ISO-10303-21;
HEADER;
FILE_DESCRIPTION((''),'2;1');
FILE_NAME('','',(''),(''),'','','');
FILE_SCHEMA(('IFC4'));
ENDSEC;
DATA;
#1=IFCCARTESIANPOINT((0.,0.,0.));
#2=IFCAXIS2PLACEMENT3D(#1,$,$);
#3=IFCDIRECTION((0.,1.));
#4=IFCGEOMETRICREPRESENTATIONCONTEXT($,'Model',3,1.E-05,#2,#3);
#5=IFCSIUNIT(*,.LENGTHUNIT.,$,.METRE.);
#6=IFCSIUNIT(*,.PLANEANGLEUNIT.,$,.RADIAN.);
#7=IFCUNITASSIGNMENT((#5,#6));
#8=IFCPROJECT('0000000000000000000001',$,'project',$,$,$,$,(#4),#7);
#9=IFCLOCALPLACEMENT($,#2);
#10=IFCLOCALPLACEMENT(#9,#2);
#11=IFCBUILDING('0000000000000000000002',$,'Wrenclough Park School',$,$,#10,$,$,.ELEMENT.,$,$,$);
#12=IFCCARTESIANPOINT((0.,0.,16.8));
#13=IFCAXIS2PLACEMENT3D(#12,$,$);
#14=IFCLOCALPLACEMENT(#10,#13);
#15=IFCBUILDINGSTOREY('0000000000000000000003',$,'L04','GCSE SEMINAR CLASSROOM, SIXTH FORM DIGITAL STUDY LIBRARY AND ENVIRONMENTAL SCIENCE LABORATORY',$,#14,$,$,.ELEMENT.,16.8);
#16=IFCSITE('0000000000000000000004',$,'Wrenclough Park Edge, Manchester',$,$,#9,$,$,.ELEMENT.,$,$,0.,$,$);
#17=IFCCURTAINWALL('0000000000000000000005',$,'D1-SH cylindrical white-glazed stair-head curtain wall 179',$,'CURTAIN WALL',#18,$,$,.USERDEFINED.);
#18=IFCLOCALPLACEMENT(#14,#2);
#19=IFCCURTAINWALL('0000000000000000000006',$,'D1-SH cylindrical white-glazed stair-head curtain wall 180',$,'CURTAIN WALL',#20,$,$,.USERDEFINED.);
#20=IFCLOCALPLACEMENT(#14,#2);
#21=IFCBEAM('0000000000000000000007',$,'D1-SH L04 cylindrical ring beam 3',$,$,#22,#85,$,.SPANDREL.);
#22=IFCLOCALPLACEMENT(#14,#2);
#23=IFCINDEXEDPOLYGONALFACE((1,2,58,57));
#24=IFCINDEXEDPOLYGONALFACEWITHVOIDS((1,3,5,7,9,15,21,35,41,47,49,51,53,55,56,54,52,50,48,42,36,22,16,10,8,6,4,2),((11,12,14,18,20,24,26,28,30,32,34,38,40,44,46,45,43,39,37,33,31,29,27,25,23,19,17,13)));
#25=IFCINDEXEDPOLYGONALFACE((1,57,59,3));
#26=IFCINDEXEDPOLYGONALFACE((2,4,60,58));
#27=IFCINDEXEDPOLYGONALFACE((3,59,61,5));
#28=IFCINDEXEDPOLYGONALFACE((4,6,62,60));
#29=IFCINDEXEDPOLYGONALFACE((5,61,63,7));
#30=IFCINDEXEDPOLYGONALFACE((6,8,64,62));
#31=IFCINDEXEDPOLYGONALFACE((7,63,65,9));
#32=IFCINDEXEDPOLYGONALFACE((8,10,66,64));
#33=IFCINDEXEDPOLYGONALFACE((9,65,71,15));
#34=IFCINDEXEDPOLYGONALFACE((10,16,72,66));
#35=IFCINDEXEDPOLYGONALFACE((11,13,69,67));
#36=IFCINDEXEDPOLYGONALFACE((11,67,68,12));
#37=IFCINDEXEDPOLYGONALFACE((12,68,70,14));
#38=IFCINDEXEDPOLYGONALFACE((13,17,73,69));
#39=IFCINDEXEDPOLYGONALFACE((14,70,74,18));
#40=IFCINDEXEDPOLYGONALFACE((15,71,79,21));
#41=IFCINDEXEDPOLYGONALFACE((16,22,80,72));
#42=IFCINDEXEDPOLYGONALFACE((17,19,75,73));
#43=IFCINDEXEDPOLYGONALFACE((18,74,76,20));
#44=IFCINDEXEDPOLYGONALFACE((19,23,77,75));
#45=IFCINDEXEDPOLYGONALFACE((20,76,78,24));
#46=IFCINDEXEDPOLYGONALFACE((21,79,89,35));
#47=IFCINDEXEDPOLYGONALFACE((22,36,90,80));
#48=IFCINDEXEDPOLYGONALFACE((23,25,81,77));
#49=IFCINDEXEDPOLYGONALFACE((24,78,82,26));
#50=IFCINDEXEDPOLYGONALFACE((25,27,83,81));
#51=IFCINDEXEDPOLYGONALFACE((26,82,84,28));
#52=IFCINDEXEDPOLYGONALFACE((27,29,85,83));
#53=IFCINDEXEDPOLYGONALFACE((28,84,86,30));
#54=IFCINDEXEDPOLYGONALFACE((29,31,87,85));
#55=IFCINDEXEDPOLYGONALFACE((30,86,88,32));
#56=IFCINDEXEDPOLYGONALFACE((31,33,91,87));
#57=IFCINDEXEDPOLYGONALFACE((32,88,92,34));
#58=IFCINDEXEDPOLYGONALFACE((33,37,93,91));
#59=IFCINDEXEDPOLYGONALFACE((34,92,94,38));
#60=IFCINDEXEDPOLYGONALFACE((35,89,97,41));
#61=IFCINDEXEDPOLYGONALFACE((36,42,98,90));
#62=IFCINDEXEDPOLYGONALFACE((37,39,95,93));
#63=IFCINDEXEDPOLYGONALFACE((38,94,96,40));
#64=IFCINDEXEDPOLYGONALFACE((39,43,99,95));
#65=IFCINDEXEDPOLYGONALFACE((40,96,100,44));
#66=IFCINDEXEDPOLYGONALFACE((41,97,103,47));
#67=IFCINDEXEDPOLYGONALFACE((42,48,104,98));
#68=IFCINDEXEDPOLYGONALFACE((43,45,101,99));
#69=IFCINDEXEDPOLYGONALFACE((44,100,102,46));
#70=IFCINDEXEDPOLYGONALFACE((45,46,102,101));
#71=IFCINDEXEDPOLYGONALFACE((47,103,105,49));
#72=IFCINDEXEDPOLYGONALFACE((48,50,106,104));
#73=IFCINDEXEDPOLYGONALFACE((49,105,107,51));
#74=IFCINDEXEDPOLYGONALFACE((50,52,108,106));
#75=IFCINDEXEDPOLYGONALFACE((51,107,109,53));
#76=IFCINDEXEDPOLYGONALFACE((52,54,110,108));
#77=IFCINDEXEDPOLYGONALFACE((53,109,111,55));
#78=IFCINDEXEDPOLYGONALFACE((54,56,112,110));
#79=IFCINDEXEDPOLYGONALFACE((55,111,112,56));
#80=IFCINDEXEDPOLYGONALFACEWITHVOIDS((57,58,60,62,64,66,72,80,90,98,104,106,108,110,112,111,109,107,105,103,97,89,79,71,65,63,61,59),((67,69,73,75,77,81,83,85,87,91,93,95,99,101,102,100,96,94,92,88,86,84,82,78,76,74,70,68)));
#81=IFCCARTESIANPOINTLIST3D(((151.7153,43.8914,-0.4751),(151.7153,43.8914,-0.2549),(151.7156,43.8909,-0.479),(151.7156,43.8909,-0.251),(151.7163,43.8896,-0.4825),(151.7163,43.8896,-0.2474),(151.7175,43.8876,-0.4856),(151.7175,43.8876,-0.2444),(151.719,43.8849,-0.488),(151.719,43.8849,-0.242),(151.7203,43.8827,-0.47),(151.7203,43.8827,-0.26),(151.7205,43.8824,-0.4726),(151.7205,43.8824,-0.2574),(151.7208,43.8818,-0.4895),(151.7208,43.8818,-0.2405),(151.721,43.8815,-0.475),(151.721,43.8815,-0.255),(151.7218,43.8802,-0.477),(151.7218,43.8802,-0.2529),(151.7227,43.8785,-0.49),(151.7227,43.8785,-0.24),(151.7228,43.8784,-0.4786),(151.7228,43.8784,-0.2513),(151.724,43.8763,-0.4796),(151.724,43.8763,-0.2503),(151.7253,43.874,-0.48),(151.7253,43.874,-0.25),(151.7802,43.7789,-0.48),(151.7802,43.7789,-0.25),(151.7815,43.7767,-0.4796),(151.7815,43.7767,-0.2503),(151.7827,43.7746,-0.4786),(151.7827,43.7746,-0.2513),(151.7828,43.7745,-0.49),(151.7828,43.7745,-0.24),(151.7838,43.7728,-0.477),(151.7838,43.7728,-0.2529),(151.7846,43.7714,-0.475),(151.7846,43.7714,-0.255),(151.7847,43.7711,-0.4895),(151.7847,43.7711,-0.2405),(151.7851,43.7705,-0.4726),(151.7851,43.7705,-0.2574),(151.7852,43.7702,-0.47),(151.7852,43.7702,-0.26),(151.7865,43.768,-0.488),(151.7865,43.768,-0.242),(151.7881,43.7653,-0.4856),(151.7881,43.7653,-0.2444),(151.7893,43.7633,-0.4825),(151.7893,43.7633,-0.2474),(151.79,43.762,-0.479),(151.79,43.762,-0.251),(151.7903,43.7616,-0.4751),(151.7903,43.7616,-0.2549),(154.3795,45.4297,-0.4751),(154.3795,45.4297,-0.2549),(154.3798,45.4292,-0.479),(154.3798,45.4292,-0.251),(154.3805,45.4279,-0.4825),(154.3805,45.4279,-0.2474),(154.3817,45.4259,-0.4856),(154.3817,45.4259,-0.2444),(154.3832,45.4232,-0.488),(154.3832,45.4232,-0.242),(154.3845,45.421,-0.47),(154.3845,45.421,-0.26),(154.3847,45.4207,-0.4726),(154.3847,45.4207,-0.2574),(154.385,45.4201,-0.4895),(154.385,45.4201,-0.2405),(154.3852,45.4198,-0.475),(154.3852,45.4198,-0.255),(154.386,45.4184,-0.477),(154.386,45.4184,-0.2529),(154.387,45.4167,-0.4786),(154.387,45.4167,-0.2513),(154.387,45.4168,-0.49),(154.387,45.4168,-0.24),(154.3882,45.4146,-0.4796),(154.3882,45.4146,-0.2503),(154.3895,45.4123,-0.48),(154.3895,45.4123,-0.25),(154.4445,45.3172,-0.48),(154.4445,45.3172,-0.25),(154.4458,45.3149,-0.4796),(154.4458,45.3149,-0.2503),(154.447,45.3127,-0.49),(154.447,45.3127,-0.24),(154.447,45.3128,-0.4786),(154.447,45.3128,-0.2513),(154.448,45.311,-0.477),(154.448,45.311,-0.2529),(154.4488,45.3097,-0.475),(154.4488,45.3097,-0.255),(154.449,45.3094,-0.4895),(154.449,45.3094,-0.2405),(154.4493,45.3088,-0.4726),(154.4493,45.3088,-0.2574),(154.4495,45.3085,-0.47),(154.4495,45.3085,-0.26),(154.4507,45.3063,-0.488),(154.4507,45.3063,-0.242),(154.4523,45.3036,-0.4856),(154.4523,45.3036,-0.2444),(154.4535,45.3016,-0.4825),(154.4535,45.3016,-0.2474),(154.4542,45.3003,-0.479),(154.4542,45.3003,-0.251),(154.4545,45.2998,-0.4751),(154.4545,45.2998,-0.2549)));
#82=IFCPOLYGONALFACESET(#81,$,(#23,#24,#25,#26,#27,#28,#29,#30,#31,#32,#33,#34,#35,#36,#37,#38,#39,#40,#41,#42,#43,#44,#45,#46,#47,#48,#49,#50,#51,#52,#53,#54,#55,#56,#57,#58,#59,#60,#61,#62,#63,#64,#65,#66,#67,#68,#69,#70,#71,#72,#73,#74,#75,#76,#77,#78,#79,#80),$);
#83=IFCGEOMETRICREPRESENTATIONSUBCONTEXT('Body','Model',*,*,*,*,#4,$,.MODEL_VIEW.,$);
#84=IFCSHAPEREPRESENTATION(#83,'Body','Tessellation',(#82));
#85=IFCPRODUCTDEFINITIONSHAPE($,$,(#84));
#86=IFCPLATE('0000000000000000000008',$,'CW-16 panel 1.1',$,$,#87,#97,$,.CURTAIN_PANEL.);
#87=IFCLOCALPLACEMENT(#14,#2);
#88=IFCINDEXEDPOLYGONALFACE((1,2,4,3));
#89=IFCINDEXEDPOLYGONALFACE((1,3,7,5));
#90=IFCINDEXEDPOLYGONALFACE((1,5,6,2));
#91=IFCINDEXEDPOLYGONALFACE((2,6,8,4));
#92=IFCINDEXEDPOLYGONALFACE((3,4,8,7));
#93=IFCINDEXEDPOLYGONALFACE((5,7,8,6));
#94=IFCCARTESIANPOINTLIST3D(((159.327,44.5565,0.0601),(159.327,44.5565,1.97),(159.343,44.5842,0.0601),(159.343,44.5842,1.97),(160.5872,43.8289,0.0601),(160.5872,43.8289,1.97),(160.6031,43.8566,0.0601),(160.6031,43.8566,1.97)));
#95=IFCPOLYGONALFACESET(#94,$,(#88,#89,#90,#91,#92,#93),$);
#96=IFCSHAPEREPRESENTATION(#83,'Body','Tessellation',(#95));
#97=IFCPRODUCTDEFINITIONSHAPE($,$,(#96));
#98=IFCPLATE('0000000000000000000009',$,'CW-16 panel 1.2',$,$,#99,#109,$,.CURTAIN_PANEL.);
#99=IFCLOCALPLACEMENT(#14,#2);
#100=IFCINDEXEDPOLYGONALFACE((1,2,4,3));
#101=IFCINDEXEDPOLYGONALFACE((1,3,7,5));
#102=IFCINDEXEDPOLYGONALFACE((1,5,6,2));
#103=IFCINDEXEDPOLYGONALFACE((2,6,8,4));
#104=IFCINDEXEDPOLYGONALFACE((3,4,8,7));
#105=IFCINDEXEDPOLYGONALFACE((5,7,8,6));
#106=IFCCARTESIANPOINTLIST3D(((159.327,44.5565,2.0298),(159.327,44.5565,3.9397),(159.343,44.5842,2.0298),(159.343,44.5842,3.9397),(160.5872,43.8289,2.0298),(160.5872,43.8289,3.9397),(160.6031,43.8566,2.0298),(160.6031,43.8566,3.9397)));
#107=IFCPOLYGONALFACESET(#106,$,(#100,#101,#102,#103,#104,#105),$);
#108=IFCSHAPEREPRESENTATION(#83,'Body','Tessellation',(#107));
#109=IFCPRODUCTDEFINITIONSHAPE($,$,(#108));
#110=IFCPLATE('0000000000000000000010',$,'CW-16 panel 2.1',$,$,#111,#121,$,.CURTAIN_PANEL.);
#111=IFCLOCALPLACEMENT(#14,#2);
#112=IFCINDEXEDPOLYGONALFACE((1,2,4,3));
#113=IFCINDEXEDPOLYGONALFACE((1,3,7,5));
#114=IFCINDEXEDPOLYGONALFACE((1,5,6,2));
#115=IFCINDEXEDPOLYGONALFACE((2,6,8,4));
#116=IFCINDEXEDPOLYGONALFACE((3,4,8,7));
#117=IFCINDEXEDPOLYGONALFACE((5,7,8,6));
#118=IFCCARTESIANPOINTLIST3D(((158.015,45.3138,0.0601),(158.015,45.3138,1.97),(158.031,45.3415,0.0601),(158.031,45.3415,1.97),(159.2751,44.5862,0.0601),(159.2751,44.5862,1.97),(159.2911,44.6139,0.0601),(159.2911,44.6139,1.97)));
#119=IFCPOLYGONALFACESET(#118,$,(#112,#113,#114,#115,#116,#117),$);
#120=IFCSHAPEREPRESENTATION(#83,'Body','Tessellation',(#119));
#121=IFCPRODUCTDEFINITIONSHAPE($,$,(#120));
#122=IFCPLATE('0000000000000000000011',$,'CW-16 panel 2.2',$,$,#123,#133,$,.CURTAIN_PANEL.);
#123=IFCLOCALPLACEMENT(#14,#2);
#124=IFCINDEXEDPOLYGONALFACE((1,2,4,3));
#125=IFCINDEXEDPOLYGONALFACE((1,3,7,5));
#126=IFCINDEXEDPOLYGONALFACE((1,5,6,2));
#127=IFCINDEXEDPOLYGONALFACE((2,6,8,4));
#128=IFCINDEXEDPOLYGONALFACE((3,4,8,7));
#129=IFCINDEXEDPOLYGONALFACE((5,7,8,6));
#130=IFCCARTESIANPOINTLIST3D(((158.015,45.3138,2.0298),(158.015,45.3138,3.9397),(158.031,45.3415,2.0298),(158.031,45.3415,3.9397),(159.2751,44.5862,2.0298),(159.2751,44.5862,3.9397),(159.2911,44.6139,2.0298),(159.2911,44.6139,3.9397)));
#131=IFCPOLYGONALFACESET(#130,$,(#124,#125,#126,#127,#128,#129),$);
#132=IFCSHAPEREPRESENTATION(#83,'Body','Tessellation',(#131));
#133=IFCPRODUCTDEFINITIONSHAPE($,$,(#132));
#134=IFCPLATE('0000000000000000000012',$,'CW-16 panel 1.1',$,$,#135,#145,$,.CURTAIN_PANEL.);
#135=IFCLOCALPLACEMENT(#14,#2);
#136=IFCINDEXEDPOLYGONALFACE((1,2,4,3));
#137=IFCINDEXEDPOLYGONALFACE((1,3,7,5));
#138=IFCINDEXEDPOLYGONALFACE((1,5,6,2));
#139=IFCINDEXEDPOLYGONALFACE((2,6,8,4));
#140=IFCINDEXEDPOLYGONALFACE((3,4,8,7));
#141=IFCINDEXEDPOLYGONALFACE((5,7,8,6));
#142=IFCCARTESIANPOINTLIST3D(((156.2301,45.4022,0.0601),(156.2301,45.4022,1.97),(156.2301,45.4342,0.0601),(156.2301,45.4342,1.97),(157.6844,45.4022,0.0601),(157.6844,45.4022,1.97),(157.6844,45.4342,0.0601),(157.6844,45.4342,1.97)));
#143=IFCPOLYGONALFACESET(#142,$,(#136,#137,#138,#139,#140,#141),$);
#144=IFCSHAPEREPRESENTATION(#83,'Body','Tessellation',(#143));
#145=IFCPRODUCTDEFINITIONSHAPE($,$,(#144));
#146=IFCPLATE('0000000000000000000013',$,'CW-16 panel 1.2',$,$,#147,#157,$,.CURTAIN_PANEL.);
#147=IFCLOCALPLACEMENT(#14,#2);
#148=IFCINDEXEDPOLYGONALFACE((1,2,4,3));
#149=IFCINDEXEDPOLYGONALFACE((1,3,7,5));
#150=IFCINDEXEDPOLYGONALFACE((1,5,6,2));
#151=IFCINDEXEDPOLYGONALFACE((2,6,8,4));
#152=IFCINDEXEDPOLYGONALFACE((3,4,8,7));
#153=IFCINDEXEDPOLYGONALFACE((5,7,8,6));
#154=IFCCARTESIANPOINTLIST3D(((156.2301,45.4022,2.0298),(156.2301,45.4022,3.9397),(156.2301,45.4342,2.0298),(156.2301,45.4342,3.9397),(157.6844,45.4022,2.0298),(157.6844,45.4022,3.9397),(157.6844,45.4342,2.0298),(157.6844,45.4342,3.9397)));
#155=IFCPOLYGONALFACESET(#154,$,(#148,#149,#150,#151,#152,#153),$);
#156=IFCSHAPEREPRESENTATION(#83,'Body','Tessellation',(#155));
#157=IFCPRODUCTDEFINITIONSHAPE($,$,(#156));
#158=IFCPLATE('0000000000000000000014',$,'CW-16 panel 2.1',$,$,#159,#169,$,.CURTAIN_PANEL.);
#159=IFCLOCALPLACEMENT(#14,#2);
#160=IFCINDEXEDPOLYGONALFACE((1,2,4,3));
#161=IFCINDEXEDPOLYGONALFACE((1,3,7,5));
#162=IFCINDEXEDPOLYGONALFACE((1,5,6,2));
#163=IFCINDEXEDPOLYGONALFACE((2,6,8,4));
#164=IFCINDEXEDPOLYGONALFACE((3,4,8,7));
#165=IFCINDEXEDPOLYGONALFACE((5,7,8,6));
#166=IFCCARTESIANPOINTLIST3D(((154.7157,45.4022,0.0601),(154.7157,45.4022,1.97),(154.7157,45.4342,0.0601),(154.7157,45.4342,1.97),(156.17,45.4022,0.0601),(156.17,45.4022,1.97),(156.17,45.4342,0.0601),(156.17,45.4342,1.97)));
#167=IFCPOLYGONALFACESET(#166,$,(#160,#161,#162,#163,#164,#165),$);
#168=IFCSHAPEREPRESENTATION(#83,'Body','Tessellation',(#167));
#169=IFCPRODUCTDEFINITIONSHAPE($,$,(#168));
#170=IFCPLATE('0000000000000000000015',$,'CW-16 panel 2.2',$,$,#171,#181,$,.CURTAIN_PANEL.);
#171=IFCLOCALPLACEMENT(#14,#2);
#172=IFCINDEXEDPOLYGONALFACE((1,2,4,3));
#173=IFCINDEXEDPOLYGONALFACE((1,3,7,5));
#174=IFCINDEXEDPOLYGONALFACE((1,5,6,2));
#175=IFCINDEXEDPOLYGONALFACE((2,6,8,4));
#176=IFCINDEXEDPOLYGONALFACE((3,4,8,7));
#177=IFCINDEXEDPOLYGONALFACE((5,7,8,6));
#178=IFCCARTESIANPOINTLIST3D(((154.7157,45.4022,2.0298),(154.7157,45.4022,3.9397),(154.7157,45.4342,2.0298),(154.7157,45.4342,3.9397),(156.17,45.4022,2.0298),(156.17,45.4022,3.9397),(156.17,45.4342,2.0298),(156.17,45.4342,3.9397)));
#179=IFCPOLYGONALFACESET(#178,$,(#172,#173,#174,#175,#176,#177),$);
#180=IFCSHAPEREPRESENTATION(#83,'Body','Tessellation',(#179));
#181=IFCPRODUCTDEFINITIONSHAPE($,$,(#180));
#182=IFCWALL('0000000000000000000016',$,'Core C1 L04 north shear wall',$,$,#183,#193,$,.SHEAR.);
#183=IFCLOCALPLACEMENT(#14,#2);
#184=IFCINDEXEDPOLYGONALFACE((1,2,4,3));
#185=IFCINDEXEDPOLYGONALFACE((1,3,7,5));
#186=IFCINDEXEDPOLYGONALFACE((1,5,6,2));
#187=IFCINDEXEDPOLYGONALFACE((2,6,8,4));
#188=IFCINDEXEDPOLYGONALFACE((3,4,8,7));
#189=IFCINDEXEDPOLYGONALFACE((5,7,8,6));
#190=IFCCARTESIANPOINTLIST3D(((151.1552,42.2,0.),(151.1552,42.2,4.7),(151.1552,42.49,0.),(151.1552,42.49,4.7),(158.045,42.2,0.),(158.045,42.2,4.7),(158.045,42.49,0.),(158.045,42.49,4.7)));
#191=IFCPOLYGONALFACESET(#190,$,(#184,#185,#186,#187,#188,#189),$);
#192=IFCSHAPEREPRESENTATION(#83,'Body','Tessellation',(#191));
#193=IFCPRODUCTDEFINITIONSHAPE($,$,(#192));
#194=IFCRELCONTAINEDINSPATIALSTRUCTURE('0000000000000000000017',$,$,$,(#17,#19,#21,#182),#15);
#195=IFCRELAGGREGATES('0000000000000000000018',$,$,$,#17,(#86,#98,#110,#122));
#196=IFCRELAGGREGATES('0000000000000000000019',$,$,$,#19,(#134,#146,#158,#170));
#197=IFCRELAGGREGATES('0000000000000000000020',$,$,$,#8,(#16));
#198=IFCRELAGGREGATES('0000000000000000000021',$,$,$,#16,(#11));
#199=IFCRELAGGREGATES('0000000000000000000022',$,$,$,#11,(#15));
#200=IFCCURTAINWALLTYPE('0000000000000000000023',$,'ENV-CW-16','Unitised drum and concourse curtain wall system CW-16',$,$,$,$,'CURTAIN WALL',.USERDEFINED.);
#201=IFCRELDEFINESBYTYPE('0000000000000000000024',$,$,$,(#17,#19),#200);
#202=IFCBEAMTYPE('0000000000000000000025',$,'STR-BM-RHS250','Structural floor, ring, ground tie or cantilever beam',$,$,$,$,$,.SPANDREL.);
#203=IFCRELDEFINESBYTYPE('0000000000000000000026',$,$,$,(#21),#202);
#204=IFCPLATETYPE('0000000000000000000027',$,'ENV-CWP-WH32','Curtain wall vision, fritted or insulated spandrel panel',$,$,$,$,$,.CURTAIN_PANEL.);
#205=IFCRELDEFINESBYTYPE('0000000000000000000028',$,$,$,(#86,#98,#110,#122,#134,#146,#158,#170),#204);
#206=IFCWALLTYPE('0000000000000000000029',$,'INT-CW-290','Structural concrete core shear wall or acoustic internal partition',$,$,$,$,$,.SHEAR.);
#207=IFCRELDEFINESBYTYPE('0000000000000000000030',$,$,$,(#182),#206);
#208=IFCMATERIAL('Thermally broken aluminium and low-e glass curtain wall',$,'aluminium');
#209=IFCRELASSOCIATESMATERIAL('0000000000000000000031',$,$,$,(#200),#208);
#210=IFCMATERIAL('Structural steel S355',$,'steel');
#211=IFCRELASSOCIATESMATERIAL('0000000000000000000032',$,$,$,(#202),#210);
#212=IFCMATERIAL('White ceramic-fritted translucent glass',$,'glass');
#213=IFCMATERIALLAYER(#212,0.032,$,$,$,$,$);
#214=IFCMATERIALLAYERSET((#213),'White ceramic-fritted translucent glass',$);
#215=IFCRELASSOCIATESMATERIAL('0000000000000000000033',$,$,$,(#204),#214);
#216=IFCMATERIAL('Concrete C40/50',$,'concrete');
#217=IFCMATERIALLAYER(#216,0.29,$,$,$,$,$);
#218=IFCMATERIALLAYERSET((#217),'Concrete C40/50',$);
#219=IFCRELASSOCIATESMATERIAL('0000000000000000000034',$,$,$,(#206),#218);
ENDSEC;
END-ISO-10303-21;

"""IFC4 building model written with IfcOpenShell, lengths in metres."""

from ifc_helpers import new_model, si_unit, direction, frame, frame_2d, origin, origin_2d, place, context, subcontext, project, spatial, rectangle, hollow_rectangle, extrude, material, layer, layer_set, material_profile, profile_set, type_object, element, aggregate, save


model = new_model("IFC4")

# Units and contexts
model_context = context("Model", 3, precision=1e-05, world=origin(), true_north=direction((0.0, 1.0)))
body_context = subcontext(model_context, "Body", "Model", "MODEL_VIEW")
ifc_project = project(units=[si_unit("LENGTHUNIT", "METRE"), si_unit("PLANEANGLEUNIT", "RADIAN")], contexts=[model_context])

# Site, building, storey
site_placement = place(None, origin())
site = spatial("IfcSite", under=ifc_project, at=site_placement, Name="Wrenclough Park Edge, Manchester", CompositionType="ELEMENT", RefElevation=0.0)
building_placement = place(site_placement, origin())
building = spatial("IfcBuilding", under=site, at=building_placement, Name="Wrenclough Park School", CompositionType="ELEMENT")
storey_placement = place(building_placement, frame((0.0, 0.0, 16.8)))
storey = spatial("IfcBuildingStorey", under=building, at=storey_placement, Name="L04", Description="GCSE SEMINAR CLASSROOM, SIXTH FORM DIGITAL STUDY LIBRARY AND ENVIRONMENTAL SCIENCE LABORATORY", CompositionType="ELEMENT", Elevation=16.8)

# Curtain walls
ifc_material_1 = material(Name="Thermally broken aluminium and low-e glass curtain wall", Category="aluminium")
curtain_wall_type = type_object("IfcCurtainWallType", Name="ENV-CW-16", Description="Unitised drum and concourse curtain wall system CW-16", ElementType="CURTAIN WALL", PredefinedType="USERDEFINED", material=ifc_material_1)
curtain_wall_1_placement = place(storey_placement, origin())
curtain_wall_1 = element("IfcCurtainWall", 1, at=curtain_wall_1_placement, inside=storey, type_object=curtain_wall_type, Name="D1-SH cylindrical white-glazed stair-head curtain wall 179", ObjectType="CURTAIN WALL", PredefinedType="USERDEFINED")
curtain_wall_2_placement = place(storey_placement, origin())
curtain_wall_2 = element("IfcCurtainWall", 2, at=curtain_wall_2_placement, inside=storey, type_object=curtain_wall_type, Name="D1-SH cylindrical white-glazed stair-head curtain wall 180", ObjectType="CURTAIN WALL", PredefinedType="USERDEFINED")

# Beam
ifc_material_2 = material(Name="Structural steel S355", Category="steel")
ifc_material_profile_1 = material_profile(ifc_material_2, hollow_rectangle(XDim=0.1499, YDim=0.25, WallThickness=0.01, InnerFilletRadius=0.01, OuterFilletRadius=0.0149, at=origin_2d()), Name="RHS 250x150x10.0")
ifc_profile_set_1 = profile_set([ifc_material_profile_1], Name="Structural steel S355")
beam_type = type_object("IfcBeamType", Name="STR-BM-RHS250", Description="Structural floor, ring, ground tie or cantilever beam", PredefinedType="SPANDREL", material=ifc_profile_set_1)
beam_placement = place(storey_placement, frame((154.417, 45.3647, -0.365), z_axis=(-0.866012, -0.500022, 0.0), x_axis=(0.500022, -0.866012, 0.0)))
element("IfcBeam", 3, at=beam_placement, inside=storey, type_object=beam_type, Name="D1-SH L04 cylindrical ring beam 3", PredefinedType="SPANDREL", context=body_context, shape_type="SweptSolid", body=[
    extrude(hollow_rectangle(XDim=0.1499, YDim=0.25, WallThickness=0.01, InnerFilletRadius=0.01, OuterFilletRadius=0.0149, at=origin_2d()), origin(), (0.0, 0.0, 1.0), 3.0764),
])

# Plates
ifc_material_3 = material(Name="White ceramic-fritted translucent glass", Category="glass")
ifc_layer_1 = layer(ifc_material_3, 0.032)
ifc_layer_set_1 = layer_set([ifc_layer_1], Name="White ceramic-fritted translucent glass")
plate_type = type_object("IfcPlateType", Name="ENV-CWP-WH32", Description="Curtain wall vision, fritted or insulated spandrel panel", PredefinedType="CURTAIN_PANEL", material=ifc_layer_set_1)
plate_1_placement = place(storey_placement, frame((159.9651, 44.2065, 0.0601), z_axis=(0.0, 0.0, 1.0), x_axis=(-0.866024, 0.500003, 0.0)))
plate_1 = element("IfcPlate", 4, at=plate_1_placement, type_object=plate_type, Name="CW-16 panel 1.1", PredefinedType="CURTAIN_PANEL", context=body_context, shape_type="SweptSolid", body=[
    extrude(rectangle(XDim=1.4551, YDim=0.032, at=origin_2d()), origin(), (0.0, 0.0, 1.0), 1.9099),
])
plate_2_placement = place(storey_placement, frame((159.9651, 44.2065, 2.0298), z_axis=(0.0, 0.0, 1.0), x_axis=(-0.866024, 0.500003, 0.0)))
plate_2 = element("IfcPlate", 5, at=plate_2_placement, type_object=plate_type, Name="CW-16 panel 1.2", PredefinedType="CURTAIN_PANEL", context=body_context, shape_type="SweptSolid", body=[
    extrude(rectangle(XDim=1.4551, YDim=0.032, at=origin_2d()), origin(), (0.0, 0.0, 1.0), 1.9099),
])
plate_3_placement = place(storey_placement, frame((158.6531, 44.9639, 0.0601), z_axis=(0.0, 0.0, 1.0), x_axis=(-0.866024, 0.500003, 0.0)))
plate_3 = element("IfcPlate", 6, at=plate_3_placement, type_object=plate_type, Name="CW-16 panel 2.1", PredefinedType="CURTAIN_PANEL", context=body_context, shape_type="SweptSolid", body=[
    extrude(rectangle(XDim=1.4551, YDim=0.032, at=origin_2d()), origin(), (0.0, 0.0, 1.0), 1.9099),
])
plate_4_placement = place(storey_placement, frame((158.6531, 44.9639, 2.0298), z_axis=(0.0, 0.0, 1.0), x_axis=(-0.866024, 0.500003, 0.0)))
plate_4 = element("IfcPlate", 7, at=plate_4_placement, type_object=plate_type, Name="CW-16 panel 2.2", PredefinedType="CURTAIN_PANEL", context=body_context, shape_type="SweptSolid", body=[
    extrude(rectangle(XDim=1.4551, YDim=0.032, at=origin_2d()), origin(), (0.0, 0.0, 1.0), 1.9099),
])
aggregate(curtain_wall_1, [plate_1, plate_2, plate_3, plate_4])
plate_5_placement = place(storey_placement, frame((156.9573, 45.4182, 0.0601), z_axis=(0.0, 0.0, 1.0), x_axis=(-1.0, 0.0, 0.0)))
plate_5 = element("IfcPlate", 8, at=plate_5_placement, type_object=plate_type, Name="CW-16 panel 1.1", PredefinedType="CURTAIN_PANEL", context=body_context, shape_type="SweptSolid", body=[
    extrude(rectangle(XDim=1.4543, YDim=0.032, at=origin_2d()), origin(), (0.0, 0.0, 1.0), 1.9099),
])
plate_6_placement = place(storey_placement, frame((156.9573, 45.4182, 2.0298), z_axis=(0.0, 0.0, 1.0), x_axis=(-1.0, 0.0, 0.0)))
plate_6 = element("IfcPlate", 9, at=plate_6_placement, type_object=plate_type, Name="CW-16 panel 1.2", PredefinedType="CURTAIN_PANEL", context=body_context, shape_type="SweptSolid", body=[
    extrude(rectangle(XDim=1.4543, YDim=0.032, at=origin_2d()), origin(), (0.0, 0.0, 1.0), 1.9099),
])
plate_7_placement = place(storey_placement, frame((155.4429, 45.4182, 0.0601), z_axis=(0.0, 0.0, 1.0), x_axis=(-1.0, 0.0, 0.0)))
plate_7 = element("IfcPlate", 10, at=plate_7_placement, type_object=plate_type, Name="CW-16 panel 2.1", PredefinedType="CURTAIN_PANEL", context=body_context, shape_type="SweptSolid", body=[
    extrude(rectangle(XDim=1.4543, YDim=0.032, at=origin_2d()), origin(), (0.0, 0.0, 1.0), 1.9099),
])
plate_8_placement = place(storey_placement, frame((155.4429, 45.4182, 2.0298), z_axis=(0.0, 0.0, 1.0), x_axis=(-1.0, 0.0, 0.0)))
plate_8 = element("IfcPlate", 11, at=plate_8_placement, type_object=plate_type, Name="CW-16 panel 2.2", PredefinedType="CURTAIN_PANEL", context=body_context, shape_type="SweptSolid", body=[
    extrude(rectangle(XDim=1.4543, YDim=0.032, at=origin_2d()), origin(), (0.0, 0.0, 1.0), 1.9099),
])
aggregate(curtain_wall_2, [plate_5, plate_6, plate_7, plate_8])

# Wall
ifc_material_4 = material(Name="Concrete C40/50", Category="concrete")
ifc_layer_2 = layer(ifc_material_4, 0.29)
ifc_layer_set_2 = layer_set([ifc_layer_2], Name="Concrete C40/50")
wall_type = type_object("IfcWallType", Name="INT-CW-290", Description="Structural concrete core shear wall or acoustic internal partition", PredefinedType="SHEAR", material=ifc_layer_set_2)
wall_placement = place(storey_placement, frame((158.0449, 42.345, 0.0), z_axis=(0.0, 0.0, 1.0), x_axis=(-1.0, 0.0, 0.0)))
element("IfcWall", 12, at=wall_placement, inside=storey, type_object=wall_type, Name="Core C1 L04 north shear wall", PredefinedType="SHEAR", context=body_context, shape_type="SweptSolid", body=[
    extrude(rectangle(XDim=6.8899, YDim=0.29, at=frame_2d((3.4448, 0.0))), origin(), (0.0, 0.0, 1.0), 4.7),
])

save(model, "model.ifc")
